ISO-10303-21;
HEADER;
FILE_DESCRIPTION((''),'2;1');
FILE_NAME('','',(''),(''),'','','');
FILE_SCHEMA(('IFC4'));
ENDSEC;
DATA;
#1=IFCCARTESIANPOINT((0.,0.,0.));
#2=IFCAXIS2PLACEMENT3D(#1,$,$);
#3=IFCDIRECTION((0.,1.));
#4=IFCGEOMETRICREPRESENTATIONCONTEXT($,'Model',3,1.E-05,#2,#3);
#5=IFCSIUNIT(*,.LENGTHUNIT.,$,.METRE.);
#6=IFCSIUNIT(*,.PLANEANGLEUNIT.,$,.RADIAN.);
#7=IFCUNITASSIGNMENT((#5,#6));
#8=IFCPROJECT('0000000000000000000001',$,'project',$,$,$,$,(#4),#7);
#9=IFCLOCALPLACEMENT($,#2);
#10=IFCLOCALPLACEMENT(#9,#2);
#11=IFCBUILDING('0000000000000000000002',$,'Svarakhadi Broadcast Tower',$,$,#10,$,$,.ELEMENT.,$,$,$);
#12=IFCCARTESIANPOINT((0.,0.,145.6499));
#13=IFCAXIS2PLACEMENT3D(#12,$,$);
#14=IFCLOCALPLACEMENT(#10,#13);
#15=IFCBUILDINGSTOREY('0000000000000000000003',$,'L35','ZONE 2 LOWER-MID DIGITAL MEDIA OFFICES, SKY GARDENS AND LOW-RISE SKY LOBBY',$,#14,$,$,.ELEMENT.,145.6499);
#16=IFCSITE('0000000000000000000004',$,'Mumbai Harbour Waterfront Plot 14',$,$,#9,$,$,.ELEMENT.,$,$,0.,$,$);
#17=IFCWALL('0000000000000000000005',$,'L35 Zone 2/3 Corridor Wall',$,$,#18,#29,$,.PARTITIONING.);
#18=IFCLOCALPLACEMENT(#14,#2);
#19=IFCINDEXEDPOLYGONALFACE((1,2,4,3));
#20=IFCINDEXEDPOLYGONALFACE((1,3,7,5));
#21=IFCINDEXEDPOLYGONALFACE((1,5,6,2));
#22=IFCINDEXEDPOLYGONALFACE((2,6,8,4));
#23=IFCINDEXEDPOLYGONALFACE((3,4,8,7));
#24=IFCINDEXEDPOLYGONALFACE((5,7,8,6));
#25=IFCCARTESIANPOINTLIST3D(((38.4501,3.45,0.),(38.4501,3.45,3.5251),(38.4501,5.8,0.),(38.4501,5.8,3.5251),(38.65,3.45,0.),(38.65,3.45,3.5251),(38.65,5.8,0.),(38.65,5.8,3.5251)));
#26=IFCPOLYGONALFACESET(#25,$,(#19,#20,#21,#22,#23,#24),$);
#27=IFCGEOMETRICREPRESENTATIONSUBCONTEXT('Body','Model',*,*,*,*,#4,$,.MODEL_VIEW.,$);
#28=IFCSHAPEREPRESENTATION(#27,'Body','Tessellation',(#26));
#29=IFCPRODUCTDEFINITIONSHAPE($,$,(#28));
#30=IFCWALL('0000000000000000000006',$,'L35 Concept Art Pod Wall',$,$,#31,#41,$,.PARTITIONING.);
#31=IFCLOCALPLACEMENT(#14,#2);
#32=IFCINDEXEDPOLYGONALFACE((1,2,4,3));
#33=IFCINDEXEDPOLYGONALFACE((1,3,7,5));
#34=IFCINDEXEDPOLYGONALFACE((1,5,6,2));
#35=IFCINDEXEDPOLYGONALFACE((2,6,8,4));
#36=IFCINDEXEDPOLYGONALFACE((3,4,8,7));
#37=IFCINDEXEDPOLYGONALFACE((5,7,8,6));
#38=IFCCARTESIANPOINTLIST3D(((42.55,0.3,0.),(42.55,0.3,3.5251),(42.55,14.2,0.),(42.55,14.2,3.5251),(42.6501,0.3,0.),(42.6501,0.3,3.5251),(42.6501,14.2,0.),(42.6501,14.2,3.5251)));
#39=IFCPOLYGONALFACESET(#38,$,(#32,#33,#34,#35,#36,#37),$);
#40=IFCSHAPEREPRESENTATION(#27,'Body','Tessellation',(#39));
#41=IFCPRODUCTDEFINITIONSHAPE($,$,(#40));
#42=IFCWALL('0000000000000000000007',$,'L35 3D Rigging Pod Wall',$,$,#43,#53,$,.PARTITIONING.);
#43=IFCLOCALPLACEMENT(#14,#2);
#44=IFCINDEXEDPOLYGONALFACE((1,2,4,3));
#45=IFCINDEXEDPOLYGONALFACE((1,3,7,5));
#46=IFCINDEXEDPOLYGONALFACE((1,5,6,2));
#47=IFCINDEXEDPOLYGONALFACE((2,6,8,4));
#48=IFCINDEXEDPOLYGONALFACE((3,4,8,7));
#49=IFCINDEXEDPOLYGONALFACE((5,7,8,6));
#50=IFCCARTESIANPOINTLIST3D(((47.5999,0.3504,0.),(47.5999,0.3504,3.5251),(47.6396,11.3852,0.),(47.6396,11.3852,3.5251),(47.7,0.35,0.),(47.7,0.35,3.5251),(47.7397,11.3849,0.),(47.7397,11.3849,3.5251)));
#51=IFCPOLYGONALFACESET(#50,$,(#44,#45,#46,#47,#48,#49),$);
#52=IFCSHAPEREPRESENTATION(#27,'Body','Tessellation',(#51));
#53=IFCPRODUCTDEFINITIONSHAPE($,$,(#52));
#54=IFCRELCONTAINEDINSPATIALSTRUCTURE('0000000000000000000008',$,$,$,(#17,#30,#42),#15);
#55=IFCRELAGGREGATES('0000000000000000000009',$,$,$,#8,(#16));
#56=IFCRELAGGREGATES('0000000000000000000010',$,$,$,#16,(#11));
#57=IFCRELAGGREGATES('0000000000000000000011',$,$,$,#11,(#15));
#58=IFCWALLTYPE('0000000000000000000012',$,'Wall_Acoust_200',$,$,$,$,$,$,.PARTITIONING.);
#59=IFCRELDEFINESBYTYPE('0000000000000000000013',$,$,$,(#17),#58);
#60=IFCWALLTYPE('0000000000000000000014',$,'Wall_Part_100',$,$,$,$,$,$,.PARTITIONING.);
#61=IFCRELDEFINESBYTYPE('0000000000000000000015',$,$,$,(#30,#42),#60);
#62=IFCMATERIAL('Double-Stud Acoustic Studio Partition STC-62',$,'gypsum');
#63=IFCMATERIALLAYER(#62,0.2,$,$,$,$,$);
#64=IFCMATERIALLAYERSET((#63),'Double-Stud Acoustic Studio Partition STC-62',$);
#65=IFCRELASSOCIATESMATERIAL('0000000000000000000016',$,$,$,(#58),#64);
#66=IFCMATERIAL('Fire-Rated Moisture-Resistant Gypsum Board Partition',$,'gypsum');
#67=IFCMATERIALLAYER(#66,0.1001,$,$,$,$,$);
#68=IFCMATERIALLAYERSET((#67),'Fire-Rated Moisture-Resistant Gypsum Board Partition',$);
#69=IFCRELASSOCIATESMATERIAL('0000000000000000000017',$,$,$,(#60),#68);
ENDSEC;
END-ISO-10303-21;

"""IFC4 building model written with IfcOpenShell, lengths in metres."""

from ifc_helpers import new_model, si_unit, direction, frame, frame_2d, origin, place, context, subcontext, project, spatial, rectangle, extrude, material, layer, layer_set, type_object, element, save


model = new_model("IFC4")

# Units and contexts
model_context = context("Model", 3, precision=1e-05, world=origin(), true_north=direction((0.0, 1.0)))
body_context = subcontext(model_context, "Body", "Model", "MODEL_VIEW")
ifc_project = project(units=[si_unit("LENGTHUNIT", "METRE"), si_unit("PLANEANGLEUNIT", "RADIAN")], contexts=[model_context])

# Site, building, storey
site_placement = place(None, origin())
site = spatial("IfcSite", under=ifc_project, at=site_placement, Name="Mumbai Harbour Waterfront Plot 14", CompositionType="ELEMENT", RefElevation=0.0)
building_placement = place(site_placement, origin())
building = spatial("IfcBuilding", under=site, at=building_placement, Name="Svarakhadi Broadcast Tower", CompositionType="ELEMENT")
storey_placement = place(building_placement, frame((0.0, 0.0, 145.6499)))
storey = spatial("IfcBuildingStorey", under=building, at=storey_placement, Name="L35", Description="ZONE 2 LOWER-MID DIGITAL MEDIA OFFICES, SKY GARDENS AND LOW-RISE SKY LOBBY", CompositionType="ELEMENT", Elevation=145.6499)

# Walls
ifc_material_1 = material(Name="Double-Stud Acoustic Studio Partition STC-62", Category="gypsum")
ifc_layer_1 = layer(ifc_material_1, 0.2)
ifc_layer_set_1 = layer_set([ifc_layer_1], Name="Double-Stud Acoustic Studio Partition STC-62")
wall_type_1 = type_object("IfcWallType", Name="Wall_Acoust_200", PredefinedType="PARTITIONING", material=ifc_layer_set_1)
wall_1_placement = place(storey_placement, frame((38.55, 5.8, 0.0), z_axis=(0.0, 0.0, 1.0), x_axis=(0.0, -1.0, 0.0)))
element("IfcWall", 1, at=wall_1_placement, inside=storey, type_object=wall_type_1, Name="L35 Zone 2/3 Corridor Wall", PredefinedType="PARTITIONING", context=body_context, shape_type="SweptSolid", body=[
    extrude(rectangle(XDim=2.3501, YDim=0.2, at=frame_2d((1.175, 0.0))), origin(), (0.0, 0.0, 1.0), 3.5251),
])
ifc_material_2 = material(Name="Fire-Rated Moisture-Resistant Gypsum Board Partition", Category="gypsum")
ifc_layer_2 = layer(ifc_material_2, 0.1001)
ifc_layer_set_2 = layer_set([ifc_layer_2], Name="Fire-Rated Moisture-Resistant Gypsum Board Partition")
wall_type_2 = type_object("IfcWallType", Name="Wall_Part_100", PredefinedType="PARTITIONING", material=ifc_layer_set_2)
wall_2_placement = place(storey_placement, frame((42.6001, 0.3, 0.0), z_axis=(0.0, 0.0, 1.0), x_axis=(0.0, 1.0, 0.0)))
element("IfcWall", 2, at=wall_2_placement, inside=storey, type_object=wall_type_2, Name="L35 Concept Art Pod Wall", PredefinedType="PARTITIONING", context=body_context, shape_type="SweptSolid", body=[
    extrude(rectangle(XDim=13.8999, YDim=0.1001, at=frame_2d((6.95, 0.0))), origin(), (0.0, 0.0, 1.0), 3.5251),
])
wall_3_placement = place(storey_placement, frame((47.6499, 0.3501, 0.0), z_axis=(0.0, 0.0, 1.0), x_axis=(0.003606, 0.999993, 0.0)))
element("IfcWall", 3, at=wall_3_placement, inside=storey, type_object=wall_type_2, Name="L35 3D Rigging Pod Wall", PredefinedType="PARTITIONING", context=body_context, shape_type="SweptSolid", body=[
    extrude(rectangle(XDim=11.0349, YDim=0.1001, at=frame_2d((5.5176, 0.0))), origin(), (0.0, 0.0, 1.0), 3.5251),
])

save(model, "model.ifc")
